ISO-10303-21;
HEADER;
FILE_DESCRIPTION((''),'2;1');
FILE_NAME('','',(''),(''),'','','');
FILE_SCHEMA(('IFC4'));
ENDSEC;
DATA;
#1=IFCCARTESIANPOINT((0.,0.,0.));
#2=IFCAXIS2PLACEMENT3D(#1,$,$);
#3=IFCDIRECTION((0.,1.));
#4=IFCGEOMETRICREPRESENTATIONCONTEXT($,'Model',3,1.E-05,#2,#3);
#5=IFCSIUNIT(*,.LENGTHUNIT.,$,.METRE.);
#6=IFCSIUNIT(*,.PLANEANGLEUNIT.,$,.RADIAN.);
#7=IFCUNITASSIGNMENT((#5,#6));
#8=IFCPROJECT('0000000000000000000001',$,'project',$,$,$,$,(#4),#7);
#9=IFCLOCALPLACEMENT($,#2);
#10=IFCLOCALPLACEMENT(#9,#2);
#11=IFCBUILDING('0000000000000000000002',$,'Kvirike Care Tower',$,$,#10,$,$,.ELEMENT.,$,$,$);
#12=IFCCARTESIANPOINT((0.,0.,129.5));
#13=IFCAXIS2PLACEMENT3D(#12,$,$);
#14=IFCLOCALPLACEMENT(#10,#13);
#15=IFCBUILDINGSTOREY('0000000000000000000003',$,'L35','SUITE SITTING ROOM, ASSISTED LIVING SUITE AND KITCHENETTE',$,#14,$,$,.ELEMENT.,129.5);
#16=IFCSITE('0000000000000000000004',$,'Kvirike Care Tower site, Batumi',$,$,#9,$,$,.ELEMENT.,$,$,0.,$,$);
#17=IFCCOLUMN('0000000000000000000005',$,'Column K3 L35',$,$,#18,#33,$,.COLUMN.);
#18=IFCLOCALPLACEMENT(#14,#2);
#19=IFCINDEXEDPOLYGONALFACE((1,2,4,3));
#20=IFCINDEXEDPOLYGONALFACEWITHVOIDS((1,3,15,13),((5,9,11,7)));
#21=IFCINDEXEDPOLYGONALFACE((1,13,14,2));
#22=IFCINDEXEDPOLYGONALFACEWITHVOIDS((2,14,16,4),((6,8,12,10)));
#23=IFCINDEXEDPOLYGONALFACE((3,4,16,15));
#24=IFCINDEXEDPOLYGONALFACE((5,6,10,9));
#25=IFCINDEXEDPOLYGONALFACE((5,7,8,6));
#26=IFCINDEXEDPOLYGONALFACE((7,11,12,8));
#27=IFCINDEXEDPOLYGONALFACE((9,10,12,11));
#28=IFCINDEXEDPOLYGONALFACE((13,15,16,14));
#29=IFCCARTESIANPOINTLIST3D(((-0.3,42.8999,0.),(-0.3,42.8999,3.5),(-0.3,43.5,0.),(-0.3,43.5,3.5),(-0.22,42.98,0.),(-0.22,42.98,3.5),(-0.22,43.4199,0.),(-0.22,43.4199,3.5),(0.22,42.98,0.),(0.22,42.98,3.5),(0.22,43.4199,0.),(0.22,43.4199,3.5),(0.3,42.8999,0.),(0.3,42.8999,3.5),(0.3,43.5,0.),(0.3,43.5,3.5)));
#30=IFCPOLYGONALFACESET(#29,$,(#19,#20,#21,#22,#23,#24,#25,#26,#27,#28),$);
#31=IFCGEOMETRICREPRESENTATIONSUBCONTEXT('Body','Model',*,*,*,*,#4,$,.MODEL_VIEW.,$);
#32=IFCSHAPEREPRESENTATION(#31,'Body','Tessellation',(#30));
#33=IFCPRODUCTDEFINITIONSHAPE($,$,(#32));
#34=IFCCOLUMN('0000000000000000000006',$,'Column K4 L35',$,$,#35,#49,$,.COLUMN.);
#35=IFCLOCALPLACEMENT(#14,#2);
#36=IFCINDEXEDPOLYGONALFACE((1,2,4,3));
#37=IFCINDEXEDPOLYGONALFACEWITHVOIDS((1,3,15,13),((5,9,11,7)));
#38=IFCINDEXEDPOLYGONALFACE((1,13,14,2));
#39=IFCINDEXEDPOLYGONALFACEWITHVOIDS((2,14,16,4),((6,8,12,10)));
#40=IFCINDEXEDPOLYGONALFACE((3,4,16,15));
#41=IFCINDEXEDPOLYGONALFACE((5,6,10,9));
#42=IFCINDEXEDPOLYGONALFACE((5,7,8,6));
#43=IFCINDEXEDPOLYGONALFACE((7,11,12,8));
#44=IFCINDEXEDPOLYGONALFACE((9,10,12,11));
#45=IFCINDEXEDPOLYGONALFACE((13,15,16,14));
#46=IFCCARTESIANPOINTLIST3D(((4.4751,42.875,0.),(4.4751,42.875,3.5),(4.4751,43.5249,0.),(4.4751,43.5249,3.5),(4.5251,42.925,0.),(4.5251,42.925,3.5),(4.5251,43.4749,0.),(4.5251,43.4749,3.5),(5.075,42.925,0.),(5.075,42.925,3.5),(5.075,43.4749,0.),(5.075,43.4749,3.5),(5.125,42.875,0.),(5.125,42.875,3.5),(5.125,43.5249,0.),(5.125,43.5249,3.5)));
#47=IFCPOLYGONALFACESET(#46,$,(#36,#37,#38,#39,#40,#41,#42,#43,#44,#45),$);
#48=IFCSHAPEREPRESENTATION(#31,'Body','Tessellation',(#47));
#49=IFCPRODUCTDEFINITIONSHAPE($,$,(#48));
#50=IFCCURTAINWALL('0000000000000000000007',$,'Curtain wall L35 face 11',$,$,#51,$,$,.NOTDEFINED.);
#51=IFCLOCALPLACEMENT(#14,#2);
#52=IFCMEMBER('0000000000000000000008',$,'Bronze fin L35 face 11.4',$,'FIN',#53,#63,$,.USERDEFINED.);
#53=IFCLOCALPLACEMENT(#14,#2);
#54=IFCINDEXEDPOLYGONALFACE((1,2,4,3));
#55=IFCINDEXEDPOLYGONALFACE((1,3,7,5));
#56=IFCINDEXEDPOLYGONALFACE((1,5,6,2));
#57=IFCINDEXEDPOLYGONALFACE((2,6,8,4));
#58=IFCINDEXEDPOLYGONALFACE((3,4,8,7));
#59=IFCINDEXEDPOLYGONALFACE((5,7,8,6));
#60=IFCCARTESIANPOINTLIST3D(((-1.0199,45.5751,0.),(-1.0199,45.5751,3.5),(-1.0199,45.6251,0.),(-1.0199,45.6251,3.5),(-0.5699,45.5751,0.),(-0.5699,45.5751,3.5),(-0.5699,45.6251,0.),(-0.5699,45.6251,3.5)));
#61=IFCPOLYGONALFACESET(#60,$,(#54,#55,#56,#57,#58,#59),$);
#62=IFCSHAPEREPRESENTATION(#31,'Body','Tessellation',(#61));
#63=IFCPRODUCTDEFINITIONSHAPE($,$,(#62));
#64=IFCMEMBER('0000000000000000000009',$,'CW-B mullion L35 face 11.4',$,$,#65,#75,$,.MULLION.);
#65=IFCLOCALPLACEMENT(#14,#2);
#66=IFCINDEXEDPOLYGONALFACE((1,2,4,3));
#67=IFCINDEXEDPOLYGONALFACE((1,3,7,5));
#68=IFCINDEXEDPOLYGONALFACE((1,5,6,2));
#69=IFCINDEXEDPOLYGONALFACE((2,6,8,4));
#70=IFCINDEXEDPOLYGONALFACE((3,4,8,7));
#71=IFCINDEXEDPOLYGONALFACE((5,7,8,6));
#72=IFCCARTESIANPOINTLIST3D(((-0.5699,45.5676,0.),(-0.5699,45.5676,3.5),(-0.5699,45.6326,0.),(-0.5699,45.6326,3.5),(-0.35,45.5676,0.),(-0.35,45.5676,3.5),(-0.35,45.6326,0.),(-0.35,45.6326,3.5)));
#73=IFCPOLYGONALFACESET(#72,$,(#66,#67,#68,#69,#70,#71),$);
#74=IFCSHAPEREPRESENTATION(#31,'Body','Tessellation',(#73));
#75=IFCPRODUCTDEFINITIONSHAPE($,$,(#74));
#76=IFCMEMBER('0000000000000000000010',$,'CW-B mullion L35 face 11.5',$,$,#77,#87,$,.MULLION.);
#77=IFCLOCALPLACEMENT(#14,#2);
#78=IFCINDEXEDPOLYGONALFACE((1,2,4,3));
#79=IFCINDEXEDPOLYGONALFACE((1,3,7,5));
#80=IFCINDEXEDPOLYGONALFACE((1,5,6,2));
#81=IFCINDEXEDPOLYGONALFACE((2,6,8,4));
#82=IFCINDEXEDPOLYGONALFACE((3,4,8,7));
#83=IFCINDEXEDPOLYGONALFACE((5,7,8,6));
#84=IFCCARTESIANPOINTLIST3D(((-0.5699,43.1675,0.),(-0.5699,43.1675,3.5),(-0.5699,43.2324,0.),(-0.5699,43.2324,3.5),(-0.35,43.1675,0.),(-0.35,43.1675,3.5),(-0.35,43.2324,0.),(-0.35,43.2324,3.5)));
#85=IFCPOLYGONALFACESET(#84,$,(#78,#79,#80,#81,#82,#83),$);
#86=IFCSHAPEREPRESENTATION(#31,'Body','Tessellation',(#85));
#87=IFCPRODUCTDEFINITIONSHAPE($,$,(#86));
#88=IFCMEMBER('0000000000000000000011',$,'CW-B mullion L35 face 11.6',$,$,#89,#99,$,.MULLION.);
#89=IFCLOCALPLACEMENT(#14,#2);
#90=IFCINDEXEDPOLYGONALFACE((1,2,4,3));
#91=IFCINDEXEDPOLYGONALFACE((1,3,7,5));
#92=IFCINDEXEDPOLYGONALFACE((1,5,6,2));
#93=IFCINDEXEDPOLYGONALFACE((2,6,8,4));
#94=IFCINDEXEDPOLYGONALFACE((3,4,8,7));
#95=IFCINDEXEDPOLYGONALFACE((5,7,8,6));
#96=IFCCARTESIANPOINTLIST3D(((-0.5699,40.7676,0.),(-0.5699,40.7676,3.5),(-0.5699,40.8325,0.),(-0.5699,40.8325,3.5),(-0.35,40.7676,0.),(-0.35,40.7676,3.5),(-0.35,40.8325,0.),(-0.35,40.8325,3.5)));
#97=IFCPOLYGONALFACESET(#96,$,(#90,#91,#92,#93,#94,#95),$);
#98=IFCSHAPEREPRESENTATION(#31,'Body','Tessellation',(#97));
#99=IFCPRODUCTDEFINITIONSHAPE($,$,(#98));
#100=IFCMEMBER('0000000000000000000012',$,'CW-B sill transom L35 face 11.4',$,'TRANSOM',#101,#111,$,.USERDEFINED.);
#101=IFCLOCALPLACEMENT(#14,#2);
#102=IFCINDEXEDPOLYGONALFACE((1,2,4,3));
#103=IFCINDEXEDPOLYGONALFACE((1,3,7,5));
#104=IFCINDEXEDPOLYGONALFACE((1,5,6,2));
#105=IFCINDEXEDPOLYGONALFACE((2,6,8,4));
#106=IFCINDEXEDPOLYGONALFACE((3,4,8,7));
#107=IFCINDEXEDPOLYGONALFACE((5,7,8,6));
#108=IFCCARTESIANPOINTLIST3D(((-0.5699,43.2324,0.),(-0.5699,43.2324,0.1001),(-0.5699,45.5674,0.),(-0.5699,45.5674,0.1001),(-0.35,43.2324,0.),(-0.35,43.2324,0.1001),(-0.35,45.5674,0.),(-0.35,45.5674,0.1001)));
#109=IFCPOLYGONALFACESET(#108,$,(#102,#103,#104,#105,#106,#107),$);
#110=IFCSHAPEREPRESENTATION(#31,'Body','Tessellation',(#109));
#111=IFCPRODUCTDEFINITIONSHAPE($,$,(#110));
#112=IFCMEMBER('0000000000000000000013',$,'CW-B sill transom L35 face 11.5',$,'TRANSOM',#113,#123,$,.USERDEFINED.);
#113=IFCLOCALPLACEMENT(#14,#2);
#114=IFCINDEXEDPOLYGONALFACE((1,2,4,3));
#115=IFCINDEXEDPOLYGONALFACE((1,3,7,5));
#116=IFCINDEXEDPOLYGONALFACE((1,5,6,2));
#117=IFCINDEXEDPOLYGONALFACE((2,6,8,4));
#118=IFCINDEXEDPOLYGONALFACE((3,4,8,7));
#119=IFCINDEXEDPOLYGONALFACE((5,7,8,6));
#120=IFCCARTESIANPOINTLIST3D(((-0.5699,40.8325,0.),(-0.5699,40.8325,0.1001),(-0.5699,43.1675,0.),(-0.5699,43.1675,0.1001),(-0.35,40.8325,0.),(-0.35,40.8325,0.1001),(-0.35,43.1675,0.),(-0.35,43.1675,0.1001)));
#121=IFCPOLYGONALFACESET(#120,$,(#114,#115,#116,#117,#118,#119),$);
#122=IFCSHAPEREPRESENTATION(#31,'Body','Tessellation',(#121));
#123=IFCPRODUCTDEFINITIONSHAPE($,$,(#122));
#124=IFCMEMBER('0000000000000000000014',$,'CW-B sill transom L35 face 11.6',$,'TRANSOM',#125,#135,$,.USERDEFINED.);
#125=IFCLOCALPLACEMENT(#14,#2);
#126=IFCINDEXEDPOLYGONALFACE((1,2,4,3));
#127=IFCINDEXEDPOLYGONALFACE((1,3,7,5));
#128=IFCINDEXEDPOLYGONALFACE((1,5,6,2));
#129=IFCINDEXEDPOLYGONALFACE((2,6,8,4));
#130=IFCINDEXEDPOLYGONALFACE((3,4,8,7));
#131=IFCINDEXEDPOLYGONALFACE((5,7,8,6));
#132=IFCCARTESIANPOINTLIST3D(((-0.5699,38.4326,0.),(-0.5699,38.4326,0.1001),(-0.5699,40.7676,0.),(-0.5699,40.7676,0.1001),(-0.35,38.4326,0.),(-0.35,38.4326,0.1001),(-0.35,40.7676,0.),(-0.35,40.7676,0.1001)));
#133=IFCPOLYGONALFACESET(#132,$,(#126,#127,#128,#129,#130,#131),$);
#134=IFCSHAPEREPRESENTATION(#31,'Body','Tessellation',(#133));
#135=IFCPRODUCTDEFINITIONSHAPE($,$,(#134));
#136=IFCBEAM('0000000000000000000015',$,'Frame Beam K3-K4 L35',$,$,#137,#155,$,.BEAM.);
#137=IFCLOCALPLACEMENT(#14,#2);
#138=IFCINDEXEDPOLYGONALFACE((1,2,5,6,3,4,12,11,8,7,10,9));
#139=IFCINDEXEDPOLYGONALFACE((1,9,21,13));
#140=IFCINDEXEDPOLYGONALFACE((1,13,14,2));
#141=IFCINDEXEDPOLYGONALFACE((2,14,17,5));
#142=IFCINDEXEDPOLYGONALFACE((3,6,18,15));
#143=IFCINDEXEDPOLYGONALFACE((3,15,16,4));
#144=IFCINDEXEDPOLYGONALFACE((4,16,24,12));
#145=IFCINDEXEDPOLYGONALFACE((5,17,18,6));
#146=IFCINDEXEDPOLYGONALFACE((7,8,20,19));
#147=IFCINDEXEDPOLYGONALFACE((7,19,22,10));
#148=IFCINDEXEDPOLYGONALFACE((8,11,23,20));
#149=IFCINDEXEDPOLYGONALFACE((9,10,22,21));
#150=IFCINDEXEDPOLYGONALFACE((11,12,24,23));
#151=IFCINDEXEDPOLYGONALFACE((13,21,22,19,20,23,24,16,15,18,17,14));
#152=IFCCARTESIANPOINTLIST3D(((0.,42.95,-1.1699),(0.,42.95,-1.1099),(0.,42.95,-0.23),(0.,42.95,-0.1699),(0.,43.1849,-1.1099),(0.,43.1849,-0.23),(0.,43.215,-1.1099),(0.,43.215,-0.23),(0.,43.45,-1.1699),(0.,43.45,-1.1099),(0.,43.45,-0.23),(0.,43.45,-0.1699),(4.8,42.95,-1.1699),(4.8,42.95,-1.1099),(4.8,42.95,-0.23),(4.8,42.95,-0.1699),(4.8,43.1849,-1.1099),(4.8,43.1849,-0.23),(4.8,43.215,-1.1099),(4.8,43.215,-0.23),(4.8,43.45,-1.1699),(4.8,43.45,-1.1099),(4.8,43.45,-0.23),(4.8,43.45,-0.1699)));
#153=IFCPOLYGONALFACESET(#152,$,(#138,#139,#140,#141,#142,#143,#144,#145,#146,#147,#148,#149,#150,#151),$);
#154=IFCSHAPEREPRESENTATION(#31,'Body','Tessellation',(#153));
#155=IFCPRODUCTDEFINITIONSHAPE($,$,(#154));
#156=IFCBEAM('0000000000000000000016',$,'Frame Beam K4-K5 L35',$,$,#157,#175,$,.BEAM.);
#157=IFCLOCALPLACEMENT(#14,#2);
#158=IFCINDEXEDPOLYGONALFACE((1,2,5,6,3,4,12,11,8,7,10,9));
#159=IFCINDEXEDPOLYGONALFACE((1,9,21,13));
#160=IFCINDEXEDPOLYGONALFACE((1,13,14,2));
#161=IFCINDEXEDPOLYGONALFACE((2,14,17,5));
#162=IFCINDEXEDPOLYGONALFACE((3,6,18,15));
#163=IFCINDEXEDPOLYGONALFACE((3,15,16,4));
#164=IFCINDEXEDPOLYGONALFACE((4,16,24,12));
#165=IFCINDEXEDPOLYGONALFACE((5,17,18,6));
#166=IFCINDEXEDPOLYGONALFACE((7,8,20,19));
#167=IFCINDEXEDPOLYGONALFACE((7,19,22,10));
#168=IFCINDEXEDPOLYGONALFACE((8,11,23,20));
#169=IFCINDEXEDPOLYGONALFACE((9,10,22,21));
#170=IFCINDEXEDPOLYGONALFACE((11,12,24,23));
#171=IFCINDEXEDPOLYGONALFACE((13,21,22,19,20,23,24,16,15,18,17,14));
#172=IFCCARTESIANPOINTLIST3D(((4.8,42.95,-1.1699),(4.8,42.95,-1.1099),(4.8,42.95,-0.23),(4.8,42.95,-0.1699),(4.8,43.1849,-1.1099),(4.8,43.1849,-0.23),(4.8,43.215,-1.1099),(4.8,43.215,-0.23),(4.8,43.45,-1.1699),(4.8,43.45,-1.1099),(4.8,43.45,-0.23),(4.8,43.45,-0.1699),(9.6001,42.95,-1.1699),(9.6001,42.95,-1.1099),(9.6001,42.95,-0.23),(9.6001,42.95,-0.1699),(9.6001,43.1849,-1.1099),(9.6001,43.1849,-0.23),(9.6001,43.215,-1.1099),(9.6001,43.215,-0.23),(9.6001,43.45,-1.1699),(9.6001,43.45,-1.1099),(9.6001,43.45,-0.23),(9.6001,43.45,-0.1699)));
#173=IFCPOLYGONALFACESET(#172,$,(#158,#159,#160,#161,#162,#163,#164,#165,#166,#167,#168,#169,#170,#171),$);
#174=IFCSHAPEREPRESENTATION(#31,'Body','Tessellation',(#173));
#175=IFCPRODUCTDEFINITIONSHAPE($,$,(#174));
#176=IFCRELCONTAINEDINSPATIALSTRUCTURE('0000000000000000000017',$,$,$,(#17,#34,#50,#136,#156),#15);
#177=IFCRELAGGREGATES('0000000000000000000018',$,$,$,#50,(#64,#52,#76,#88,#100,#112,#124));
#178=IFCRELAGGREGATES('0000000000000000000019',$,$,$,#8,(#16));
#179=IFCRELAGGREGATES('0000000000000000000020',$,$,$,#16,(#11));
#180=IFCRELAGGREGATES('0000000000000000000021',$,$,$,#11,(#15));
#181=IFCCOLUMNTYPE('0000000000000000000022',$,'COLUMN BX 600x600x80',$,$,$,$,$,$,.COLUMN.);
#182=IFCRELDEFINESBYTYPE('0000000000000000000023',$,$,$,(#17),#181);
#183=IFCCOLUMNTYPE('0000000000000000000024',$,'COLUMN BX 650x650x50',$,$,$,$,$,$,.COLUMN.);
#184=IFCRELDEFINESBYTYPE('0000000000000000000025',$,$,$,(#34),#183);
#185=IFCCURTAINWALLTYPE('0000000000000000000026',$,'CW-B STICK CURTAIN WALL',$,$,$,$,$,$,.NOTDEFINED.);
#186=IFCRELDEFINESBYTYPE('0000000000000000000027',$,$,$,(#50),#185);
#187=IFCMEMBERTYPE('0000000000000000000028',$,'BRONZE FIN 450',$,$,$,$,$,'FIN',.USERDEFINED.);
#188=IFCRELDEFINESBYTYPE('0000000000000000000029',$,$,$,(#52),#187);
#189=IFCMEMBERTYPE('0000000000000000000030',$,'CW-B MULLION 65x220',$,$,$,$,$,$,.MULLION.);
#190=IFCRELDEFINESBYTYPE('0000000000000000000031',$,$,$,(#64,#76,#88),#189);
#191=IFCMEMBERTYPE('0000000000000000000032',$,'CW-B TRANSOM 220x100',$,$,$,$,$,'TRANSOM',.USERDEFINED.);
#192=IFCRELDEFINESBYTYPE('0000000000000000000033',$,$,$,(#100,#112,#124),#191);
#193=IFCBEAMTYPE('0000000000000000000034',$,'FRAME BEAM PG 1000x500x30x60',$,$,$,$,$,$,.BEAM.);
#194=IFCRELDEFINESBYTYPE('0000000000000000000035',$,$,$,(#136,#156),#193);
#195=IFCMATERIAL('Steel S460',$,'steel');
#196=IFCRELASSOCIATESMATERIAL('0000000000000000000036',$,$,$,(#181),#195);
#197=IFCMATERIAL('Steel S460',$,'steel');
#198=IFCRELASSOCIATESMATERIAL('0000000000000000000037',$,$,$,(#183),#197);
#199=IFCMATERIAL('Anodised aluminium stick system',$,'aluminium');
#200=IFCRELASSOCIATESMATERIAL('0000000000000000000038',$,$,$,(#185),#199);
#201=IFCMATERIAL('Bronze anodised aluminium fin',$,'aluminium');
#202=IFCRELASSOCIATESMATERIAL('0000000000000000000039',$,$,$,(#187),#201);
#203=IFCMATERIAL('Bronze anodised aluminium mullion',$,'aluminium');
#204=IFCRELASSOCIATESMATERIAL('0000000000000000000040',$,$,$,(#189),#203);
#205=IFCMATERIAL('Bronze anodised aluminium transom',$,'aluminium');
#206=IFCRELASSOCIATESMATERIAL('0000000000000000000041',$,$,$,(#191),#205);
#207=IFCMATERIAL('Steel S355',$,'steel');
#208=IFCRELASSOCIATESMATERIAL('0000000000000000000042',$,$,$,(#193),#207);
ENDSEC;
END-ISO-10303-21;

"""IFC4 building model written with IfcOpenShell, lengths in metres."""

from ifc_helpers import new_model, si_unit, direction, frame, origin, origin_2d, place, context, subcontext, project, spatial, rectangle, hollow_rectangle, i_section, extrude, material, material_profile, profile_set, type_object, element, aggregate, save


model = new_model("IFC4")

# Units and contexts
model_context = context("Model", 3, precision=1e-05, world=origin(), true_north=direction((0.0, 1.0)))
body_context = subcontext(model_context, "Body", "Model", "MODEL_VIEW")
ifc_project = project(units=[si_unit("LENGTHUNIT", "METRE"), si_unit("PLANEANGLEUNIT", "RADIAN")], contexts=[model_context])

# Site, building, storey
site_placement = place(None, origin())
site = spatial("IfcSite", under=ifc_project, at=site_placement, Name="Kvirike Care Tower site, Batumi", CompositionType="ELEMENT", RefElevation=0.0)
building_placement = place(site_placement, origin())
building = spatial("IfcBuilding", under=site, at=building_placement, Name="Kvirike Care Tower", CompositionType="ELEMENT")
storey_placement = place(building_placement, frame((0.0, 0.0, 129.5)))
storey = spatial("IfcBuildingStorey", under=building, at=storey_placement, Name="L35", Description="SUITE SITTING ROOM, ASSISTED LIVING SUITE AND KITCHENETTE", CompositionType="ELEMENT", Elevation=129.5)

# Columns
ifc_material_1 = material(Name="Steel S460", Category="steel")
ifc_material_profile_1 = material_profile(ifc_material_1, hollow_rectangle(XDim=0.6001, YDim=0.6001, WallThickness=0.0801, at=origin_2d()), Name="BX 600x600x80")
ifc_profile_set_1 = profile_set([ifc_material_profile_1], Name="Steel S460")
column_type_1 = type_object("IfcColumnType", Name="COLUMN BX 600x600x80", PredefinedType="COLUMN", material=ifc_profile_set_1)
column_1_placement = place(storey_placement, frame((0.0, 43.2, 0.0), z_axis=(0.0, 0.0, 1.0), x_axis=(0.0, 1.0, 0.0)))
element("IfcColumn", 1, at=column_1_placement, inside=storey, type_object=column_type_1, Name="Column K3 L35", PredefinedType="COLUMN", context=body_context, shape_type="SweptSolid", body=[
    extrude(hollow_rectangle(XDim=0.6001, YDim=0.6001, WallThickness=0.0801, at=origin_2d()), origin(), (0.0, 0.0, 1.0), 3.5),
])
ifc_material_2 = material(Name="Steel S460", Category="steel")
ifc_material_profile_2 = material_profile(ifc_material_2, hollow_rectangle(XDim=0.6499, YDim=0.6499, WallThickness=0.05, at=origin_2d()), Name="BX 650x650x50")
ifc_profile_set_2 = profile_set([ifc_material_profile_2], Name="Steel S460")
column_type_2 = type_object("IfcColumnType", Name="COLUMN BX 650x650x50", PredefinedType="COLUMN", material=ifc_profile_set_2)
column_2_placement = place(storey_placement, frame((4.8, 43.2, 0.0), z_axis=(0.0, 0.0, 1.0), x_axis=(0.0, 1.0, 0.0)))
element("IfcColumn", 2, at=column_2_placement, inside=storey, type_object=column_type_2, Name="Column K4 L35", PredefinedType="COLUMN", context=body_context, shape_type="SweptSolid", body=[
    extrude(hollow_rectangle(XDim=0.6499, YDim=0.6499, WallThickness=0.05, at=origin_2d()), origin(), (0.0, 0.0, 1.0), 3.5),
])

# Curtain wall, members
ifc_material_3 = material(Name="Anodised aluminium stick system", Category="aluminium")
curtain_wall_type = type_object("IfcCurtainWallType", Name="CW-B STICK CURTAIN WALL", PredefinedType="NOTDEFINED", material=ifc_material_3)
curtain_wall_placement = place(storey_placement, origin())
curtain_wall = element("IfcCurtainWall", 3, at=curtain_wall_placement, inside=storey, type_object=curtain_wall_type, Name="Curtain wall L35 face 11", PredefinedType="NOTDEFINED")
ifc_material_4 = material(Name="Bronze anodised aluminium fin", Category="aluminium")
ifc_material_profile_3 = material_profile(ifc_material_4, rectangle(XDim=0.05, YDim=0.45, at=origin_2d()), Name="BRONZE FIN 450")
ifc_profile_set_3 = profile_set([ifc_material_profile_3], Name="Bronze anodised aluminium fin")
member_type_1 = type_object("IfcMemberType", Name="BRONZE FIN 450", ElementType="FIN", PredefinedType="USERDEFINED", material=ifc_profile_set_3)
member_1_placement = place(storey_placement, frame((-0.7949, 45.6001, 0.0), z_axis=(0.0, 0.0, 1.0), x_axis=(0.0, -1.0, 0.0)))
member_1 = element("IfcMember", 4, at=member_1_placement, type_object=member_type_1, Name="Bronze fin L35 face 11.4", ObjectType="FIN", PredefinedType="USERDEFINED", context=body_context, shape_type="SweptSolid", body=[
    extrude(rectangle(XDim=0.05, YDim=0.45, at=origin_2d()), origin(), (0.0, 0.0, 1.0), 3.5),
])
ifc_material_5 = material(Name="Bronze anodised aluminium mullion", Category="aluminium")
ifc_material_profile_4 = material_profile(ifc_material_5, rectangle(XDim=0.0649, YDim=0.22, at=origin_2d()), Name="CW-B MULLION 65x220")
ifc_profile_set_4 = profile_set([ifc_material_profile_4], Name="Bronze anodised aluminium mullion")
member_type_2 = type_object("IfcMemberType", Name="CW-B MULLION 65x220", PredefinedType="MULLION", material=ifc_profile_set_4)
member_2_placement = place(storey_placement, frame((-0.46, 45.6001, 0.0), z_axis=(0.0, 0.0, 1.0), x_axis=(0.0, -1.0, 0.0)))
member_2 = element("IfcMember", 5, at=member_2_placement, type_object=member_type_2, Name="CW-B mullion L35 face 11.4", PredefinedType="MULLION", context=body_context, shape_type="SweptSolid", body=[
    extrude(rectangle(XDim=0.0649, YDim=0.22, at=origin_2d()), origin(), (0.0, 0.0, 1.0), 3.5),
])
member_3_placement = place(storey_placement, frame((-0.46, 43.2, 0.0), z_axis=(0.0, 0.0, 1.0), x_axis=(0.0, -1.0, 0.0)))
member_3 = element("IfcMember", 6, at=member_3_placement, type_object=member_type_2, Name="CW-B mullion L35 face 11.5", PredefinedType="MULLION", context=body_context, shape_type="SweptSolid", body=[
    extrude(rectangle(XDim=0.0649, YDim=0.22, at=origin_2d()), origin(), (0.0, 0.0, 1.0), 3.5),
])
member_4_placement = place(storey_placement, frame((-0.46, 40.8, 0.0), z_axis=(0.0, 0.0, 1.0), x_axis=(0.0, -1.0, 0.0)))
member_4 = element("IfcMember", 7, at=member_4_placement, type_object=member_type_2, Name="CW-B mullion L35 face 11.6", PredefinedType="MULLION", context=body_context, shape_type="SweptSolid", body=[
    extrude(rectangle(XDim=0.0649, YDim=0.22, at=origin_2d()), origin(), (0.0, 0.0, 1.0), 3.5),
])
ifc_material_6 = material(Name="Bronze anodised aluminium transom", Category="aluminium")
ifc_material_profile_5 = material_profile(ifc_material_6, rectangle(XDim=0.22, YDim=0.1001, at=origin_2d()), Name="CW-B TRANSOM 220x100")
ifc_profile_set_5 = profile_set([ifc_material_profile_5], Name="Bronze anodised aluminium transom")
member_type_3 = type_object("IfcMemberType", Name="CW-B TRANSOM 220x100", ElementType="TRANSOM", PredefinedType="USERDEFINED", material=ifc_profile_set_5)
member_5_placement = place(storey_placement, frame((-0.46, 45.5674, 0.05), z_axis=(0.0, -1.0, 0.0), x_axis=(1.0, 0.0, 0.0)))
member_5 = element("IfcMember", 8, at=member_5_placement, type_object=member_type_3, Name="CW-B sill transom L35 face 11.4", ObjectType="TRANSOM", PredefinedType="USERDEFINED", context=body_context, shape_type="SweptSolid", body=[
    extrude(rectangle(XDim=0.22, YDim=0.1001, at=origin_2d()), origin(), (0.0, 0.0, 1.0), 2.335),
])
member_6_placement = place(storey_placement, frame((-0.46, 43.1675, 0.05), z_axis=(0.0, -1.0, 0.0), x_axis=(1.0, 0.0, 0.0)))
member_6 = element("IfcMember", 9, at=member_6_placement, type_object=member_type_3, Name="CW-B sill transom L35 face 11.5", ObjectType="TRANSOM", PredefinedType="USERDEFINED", context=body_context, shape_type="SweptSolid", body=[
    extrude(rectangle(XDim=0.22, YDim=0.1001, at=origin_2d()), origin(), (0.0, 0.0, 1.0), 2.335),
])
member_7_placement = place(storey_placement, frame((-0.46, 40.7676, 0.05), z_axis=(0.0, -1.0, 0.0), x_axis=(1.0, 0.0, 0.0)))
member_7 = element("IfcMember", 10, at=member_7_placement, type_object=member_type_3, Name="CW-B sill transom L35 face 11.6", ObjectType="TRANSOM", PredefinedType="USERDEFINED", context=body_context, shape_type="SweptSolid", body=[
    extrude(rectangle(XDim=0.22, YDim=0.1001, at=origin_2d()), origin(), (0.0, 0.0, 1.0), 2.335),
])

# Beams
ifc_material_7 = material(Name="Steel S355", Category="steel")
ifc_material_profile_6 = material_profile(ifc_material_7, i_section(OverallWidth=0.5, OverallDepth=1.0, WebThickness=0.03, FlangeThickness=0.0601, at=origin_2d()), Name="PG 1000x500x30x60")
ifc_profile_set_6 = profile_set([ifc_material_profile_6], Name="Steel S355")
beam_type_1 = type_object("IfcBeamType", Name="FRAME BEAM PG 1000x500x30x60", PredefinedType="BEAM", material=ifc_profile_set_6)
for number, where, z_axis, x_axis, name in (
    (11, (0.0, 43.2, -0.6699), (1.0, 0.0, 0.0), (0.0, 1.0, 0.0), "Frame Beam K3-K4 L35"),
    (12, (4.8, 43.2, -0.6699), (1.0, 0.0, 0.0), (0.0, 1.0, 0.0), "Frame Beam K4-K5 L35"),
):
    element("IfcBeam", number, at=place(storey_placement, frame(where, z_axis=z_axis, x_axis=x_axis)), inside=storey, type_object=beam_type_1, Name=name, PredefinedType="BEAM", context=body_context, shape_type="SweptSolid", body=[
        extrude(i_section(OverallWidth=0.5, OverallDepth=1.0, WebThickness=0.03, FlangeThickness=0.0601, at=origin_2d()), origin(), (0.0, 0.0, 1.0), 4.8),
    ])

aggregate(curtain_wall, [member_2, member_1, member_3, member_4, member_5, member_6, member_7])

save(model, "model.ifc")
